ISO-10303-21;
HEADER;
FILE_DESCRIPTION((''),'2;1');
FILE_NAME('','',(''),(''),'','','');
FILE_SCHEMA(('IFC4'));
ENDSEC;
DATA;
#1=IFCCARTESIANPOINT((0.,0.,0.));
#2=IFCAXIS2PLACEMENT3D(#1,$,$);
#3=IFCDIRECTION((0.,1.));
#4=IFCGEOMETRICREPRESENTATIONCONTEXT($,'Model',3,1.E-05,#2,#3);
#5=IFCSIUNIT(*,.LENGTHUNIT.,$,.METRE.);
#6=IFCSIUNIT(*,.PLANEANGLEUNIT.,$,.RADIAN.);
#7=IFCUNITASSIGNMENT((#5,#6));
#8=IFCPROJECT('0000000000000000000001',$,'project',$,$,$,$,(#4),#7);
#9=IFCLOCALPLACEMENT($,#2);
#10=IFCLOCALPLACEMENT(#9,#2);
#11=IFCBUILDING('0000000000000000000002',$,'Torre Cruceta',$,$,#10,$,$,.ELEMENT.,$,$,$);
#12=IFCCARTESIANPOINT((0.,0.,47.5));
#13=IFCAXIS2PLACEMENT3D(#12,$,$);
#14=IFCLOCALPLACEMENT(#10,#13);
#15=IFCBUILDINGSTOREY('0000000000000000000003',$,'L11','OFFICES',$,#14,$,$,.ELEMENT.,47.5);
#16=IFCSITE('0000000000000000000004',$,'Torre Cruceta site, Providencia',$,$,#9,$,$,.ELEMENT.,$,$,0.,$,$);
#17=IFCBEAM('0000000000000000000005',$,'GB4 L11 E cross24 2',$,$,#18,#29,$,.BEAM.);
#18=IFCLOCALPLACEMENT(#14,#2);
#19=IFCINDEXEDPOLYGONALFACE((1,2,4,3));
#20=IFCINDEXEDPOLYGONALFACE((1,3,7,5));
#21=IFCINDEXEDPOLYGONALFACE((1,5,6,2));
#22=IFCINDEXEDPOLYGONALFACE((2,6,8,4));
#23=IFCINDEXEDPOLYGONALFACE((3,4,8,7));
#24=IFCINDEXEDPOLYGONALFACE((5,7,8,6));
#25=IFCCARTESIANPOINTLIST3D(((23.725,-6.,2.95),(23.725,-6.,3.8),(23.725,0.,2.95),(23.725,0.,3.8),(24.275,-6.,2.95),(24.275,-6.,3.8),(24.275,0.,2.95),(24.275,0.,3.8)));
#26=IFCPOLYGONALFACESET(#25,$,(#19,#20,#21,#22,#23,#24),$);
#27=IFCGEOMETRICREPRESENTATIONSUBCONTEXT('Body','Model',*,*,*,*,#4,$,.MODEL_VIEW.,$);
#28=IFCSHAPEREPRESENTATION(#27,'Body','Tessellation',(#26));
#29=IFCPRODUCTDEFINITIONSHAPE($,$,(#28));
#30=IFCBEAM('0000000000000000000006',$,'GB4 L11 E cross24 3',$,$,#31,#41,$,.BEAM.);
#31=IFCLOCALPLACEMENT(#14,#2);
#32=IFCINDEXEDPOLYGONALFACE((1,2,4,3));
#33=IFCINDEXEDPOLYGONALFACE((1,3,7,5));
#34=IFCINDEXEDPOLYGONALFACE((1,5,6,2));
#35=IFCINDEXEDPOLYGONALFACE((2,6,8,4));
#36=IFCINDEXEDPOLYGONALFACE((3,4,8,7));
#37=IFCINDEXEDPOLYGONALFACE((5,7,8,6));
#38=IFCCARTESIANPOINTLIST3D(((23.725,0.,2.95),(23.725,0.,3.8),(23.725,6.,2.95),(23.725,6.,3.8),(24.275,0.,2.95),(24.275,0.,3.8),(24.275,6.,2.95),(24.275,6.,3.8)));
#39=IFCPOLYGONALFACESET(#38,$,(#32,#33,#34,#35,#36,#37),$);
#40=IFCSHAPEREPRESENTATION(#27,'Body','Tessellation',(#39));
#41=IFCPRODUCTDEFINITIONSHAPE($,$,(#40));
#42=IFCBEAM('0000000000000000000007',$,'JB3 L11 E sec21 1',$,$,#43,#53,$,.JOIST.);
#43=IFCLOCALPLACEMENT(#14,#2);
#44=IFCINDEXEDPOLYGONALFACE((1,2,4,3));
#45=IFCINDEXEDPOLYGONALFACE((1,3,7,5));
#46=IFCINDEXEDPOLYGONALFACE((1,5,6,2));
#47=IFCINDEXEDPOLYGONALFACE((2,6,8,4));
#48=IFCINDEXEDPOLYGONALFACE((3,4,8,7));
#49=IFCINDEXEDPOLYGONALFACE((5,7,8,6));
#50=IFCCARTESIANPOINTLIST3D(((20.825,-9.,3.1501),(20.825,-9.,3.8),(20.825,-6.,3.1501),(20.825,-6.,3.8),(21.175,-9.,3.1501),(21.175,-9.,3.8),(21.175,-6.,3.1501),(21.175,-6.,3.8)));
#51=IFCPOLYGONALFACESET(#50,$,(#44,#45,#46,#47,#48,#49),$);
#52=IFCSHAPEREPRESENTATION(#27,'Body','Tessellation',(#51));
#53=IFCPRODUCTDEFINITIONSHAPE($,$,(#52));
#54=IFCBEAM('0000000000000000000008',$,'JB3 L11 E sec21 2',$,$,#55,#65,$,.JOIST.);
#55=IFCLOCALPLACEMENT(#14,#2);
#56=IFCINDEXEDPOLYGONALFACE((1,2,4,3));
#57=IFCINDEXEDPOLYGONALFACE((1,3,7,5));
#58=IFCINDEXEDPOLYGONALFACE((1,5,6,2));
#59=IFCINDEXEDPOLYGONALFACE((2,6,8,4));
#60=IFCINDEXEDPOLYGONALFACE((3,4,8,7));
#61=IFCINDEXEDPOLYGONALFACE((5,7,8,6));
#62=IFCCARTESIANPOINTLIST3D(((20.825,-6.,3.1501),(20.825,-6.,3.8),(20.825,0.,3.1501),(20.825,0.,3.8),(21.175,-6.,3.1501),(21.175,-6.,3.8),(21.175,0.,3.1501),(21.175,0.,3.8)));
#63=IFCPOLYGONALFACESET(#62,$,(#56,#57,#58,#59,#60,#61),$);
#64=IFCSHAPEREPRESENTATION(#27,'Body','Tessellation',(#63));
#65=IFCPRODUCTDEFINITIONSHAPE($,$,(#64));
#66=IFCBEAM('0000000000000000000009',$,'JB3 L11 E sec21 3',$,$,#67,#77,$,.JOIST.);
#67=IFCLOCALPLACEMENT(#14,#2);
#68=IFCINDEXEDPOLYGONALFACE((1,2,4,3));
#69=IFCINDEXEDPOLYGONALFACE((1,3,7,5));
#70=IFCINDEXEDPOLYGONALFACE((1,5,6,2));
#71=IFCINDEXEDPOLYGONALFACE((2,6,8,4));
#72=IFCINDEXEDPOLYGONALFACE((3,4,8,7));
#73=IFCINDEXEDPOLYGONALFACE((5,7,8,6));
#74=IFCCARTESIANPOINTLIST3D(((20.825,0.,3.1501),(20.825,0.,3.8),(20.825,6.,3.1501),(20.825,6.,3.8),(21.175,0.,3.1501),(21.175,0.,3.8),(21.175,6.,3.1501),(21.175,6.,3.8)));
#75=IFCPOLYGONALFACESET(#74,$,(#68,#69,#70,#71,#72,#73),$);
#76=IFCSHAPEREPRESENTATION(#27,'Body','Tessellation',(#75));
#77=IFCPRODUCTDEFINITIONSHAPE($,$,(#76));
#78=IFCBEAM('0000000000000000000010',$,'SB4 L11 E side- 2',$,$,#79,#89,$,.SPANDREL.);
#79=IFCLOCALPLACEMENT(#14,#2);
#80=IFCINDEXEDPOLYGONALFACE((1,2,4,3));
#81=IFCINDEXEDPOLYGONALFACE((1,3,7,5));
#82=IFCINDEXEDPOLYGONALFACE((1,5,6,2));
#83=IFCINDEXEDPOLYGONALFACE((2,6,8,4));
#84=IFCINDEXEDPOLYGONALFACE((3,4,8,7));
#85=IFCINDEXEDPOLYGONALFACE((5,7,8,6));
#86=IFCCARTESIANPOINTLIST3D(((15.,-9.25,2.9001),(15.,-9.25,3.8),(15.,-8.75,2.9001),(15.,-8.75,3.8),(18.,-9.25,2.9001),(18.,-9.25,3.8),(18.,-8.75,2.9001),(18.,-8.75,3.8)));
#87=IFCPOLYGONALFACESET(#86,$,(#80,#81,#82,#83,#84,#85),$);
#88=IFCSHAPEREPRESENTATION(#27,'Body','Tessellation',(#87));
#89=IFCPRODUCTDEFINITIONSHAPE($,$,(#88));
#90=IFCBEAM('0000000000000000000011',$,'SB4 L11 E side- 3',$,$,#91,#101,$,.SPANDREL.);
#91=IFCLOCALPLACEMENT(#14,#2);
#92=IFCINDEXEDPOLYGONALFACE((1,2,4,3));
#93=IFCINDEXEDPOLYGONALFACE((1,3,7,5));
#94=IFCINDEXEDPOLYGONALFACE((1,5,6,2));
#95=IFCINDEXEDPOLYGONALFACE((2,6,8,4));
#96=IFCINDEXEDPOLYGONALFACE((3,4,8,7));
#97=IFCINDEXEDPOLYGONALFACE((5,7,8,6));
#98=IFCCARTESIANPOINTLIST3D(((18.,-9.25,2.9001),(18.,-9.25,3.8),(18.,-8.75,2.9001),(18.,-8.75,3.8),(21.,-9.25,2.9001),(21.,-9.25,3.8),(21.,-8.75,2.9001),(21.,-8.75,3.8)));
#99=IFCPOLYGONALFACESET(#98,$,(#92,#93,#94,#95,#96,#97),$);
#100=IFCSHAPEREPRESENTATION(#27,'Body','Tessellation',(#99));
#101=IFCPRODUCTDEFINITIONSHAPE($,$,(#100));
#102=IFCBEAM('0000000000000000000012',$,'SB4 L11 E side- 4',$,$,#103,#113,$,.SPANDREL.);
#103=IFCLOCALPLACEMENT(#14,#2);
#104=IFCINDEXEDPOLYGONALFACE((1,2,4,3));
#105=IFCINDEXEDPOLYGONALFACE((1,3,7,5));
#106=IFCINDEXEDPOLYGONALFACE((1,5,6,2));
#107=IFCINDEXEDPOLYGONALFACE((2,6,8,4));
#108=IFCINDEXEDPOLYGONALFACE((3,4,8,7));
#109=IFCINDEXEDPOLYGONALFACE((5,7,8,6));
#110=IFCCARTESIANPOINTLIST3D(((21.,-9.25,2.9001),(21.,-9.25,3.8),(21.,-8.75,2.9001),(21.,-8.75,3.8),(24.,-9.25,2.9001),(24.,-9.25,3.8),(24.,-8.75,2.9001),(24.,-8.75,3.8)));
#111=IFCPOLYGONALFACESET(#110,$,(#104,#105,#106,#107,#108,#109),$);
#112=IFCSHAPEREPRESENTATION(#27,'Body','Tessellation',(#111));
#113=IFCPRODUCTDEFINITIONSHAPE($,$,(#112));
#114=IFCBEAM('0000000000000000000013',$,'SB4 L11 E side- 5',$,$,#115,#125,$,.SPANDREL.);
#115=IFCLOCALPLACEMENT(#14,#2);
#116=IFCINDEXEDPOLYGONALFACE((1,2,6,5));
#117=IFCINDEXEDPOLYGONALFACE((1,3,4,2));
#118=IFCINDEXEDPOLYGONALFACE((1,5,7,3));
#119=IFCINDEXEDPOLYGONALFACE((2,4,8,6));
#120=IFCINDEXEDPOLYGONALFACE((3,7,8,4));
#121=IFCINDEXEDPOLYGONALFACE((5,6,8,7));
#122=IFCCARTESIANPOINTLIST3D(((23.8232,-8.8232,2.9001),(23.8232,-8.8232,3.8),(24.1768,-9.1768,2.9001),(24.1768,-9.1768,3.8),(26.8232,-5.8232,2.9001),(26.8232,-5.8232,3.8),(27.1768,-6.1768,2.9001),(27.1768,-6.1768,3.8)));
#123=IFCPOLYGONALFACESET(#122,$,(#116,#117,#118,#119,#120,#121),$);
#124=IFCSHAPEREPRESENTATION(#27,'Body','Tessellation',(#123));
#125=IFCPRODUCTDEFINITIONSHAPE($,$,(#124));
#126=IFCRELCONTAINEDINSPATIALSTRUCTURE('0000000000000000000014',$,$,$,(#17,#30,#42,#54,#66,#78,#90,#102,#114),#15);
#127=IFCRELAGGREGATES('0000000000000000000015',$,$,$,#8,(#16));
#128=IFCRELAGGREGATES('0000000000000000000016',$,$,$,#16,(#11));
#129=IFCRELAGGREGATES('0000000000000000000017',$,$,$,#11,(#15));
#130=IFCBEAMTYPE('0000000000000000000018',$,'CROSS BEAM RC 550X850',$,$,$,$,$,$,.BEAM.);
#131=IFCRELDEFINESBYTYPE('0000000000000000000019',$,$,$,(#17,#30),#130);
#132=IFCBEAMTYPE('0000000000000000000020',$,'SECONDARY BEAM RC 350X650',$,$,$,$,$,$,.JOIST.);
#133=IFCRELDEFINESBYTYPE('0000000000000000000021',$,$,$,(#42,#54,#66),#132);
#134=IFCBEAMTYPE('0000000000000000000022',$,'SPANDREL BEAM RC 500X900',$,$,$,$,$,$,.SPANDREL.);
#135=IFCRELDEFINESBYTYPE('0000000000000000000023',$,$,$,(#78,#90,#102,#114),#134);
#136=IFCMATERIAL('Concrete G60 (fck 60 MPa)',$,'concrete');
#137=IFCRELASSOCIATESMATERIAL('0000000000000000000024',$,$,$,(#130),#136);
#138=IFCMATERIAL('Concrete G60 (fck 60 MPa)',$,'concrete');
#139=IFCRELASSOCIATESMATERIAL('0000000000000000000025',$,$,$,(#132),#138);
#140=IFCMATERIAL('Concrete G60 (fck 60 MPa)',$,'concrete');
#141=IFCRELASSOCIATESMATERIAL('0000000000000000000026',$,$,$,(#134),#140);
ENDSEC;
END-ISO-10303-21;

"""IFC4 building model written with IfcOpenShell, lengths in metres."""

from ifc_helpers import new_model, si_unit, direction, frame, origin, origin_2d, place, context, subcontext, project, spatial, rectangle, extrude, material, material_profile, profile_set, type_object, element, save


model = new_model("IFC4")

# Units and contexts
model_context = context("Model", 3, precision=1e-05, world=origin(), true_north=direction((0.0, 1.0)))
body_context = subcontext(model_context, "Body", "Model", "MODEL_VIEW")
ifc_project = project(units=[si_unit("LENGTHUNIT", "METRE"), si_unit("PLANEANGLEUNIT", "RADIAN")], contexts=[model_context])

# Site, building, storey
site_placement = place(None, origin())
site = spatial("IfcSite", under=ifc_project, at=site_placement, Name="Torre Cruceta site, Providencia", CompositionType="ELEMENT", RefElevation=0.0)
building_placement = place(site_placement, origin())
building = spatial("IfcBuilding", under=site, at=building_placement, Name="Torre Cruceta", CompositionType="ELEMENT")
storey_placement = place(building_placement, frame((0.0, 0.0, 47.5)))
storey = spatial("IfcBuildingStorey", under=building, at=storey_placement, Name="L11", Description="OFFICES", CompositionType="ELEMENT", Elevation=47.5)

# Beams
ifc_material_1 = material(Name="Concrete G60 (fck 60 MPa)", Category="concrete")
ifc_material_profile_1 = material_profile(ifc_material_1, rectangle(XDim=0.55, YDim=0.8501, at=origin_2d()), Name="RC 550X850")
ifc_profile_set_1 = profile_set([ifc_material_profile_1], Name="Concrete G60 (fck 60 MPa)")
beam_type_1 = type_object("IfcBeamType", Name="CROSS BEAM RC 550X850", PredefinedType="BEAM", material=ifc_profile_set_1)
for number, where, z_axis, x_axis, name in (
    (1, (24.0, -6.0, 3.375), (0.0, 1.0, 0.0), (-1.0, 0.0, 0.0), "GB4 L11 E cross24 2"),
    (2, (24.0, 0.0, 3.375), (0.0, 1.0, 0.0), (-1.0, 0.0, 0.0), "GB4 L11 E cross24 3"),
):
    element("IfcBeam", number, at=place(storey_placement, frame(where, z_axis=z_axis, x_axis=x_axis)), inside=storey, type_object=beam_type_1, Name=name, PredefinedType="BEAM", context=body_context, shape_type="SweptSolid", body=[
        extrude(rectangle(XDim=0.55, YDim=0.8501, at=origin_2d()), origin(), (0.0, 0.0, 1.0), 6.0),
    ])
ifc_material_2 = material(Name="Concrete G60 (fck 60 MPa)", Category="concrete")
ifc_material_profile_2 = material_profile(ifc_material_2, rectangle(XDim=0.3501, YDim=0.6499, at=origin_2d()), Name="RC 350X650")
ifc_profile_set_2 = profile_set([ifc_material_profile_2], Name="Concrete G60 (fck 60 MPa)")
beam_type_2 = type_object("IfcBeamType", Name="SECONDARY BEAM RC 350X650", PredefinedType="JOIST", material=ifc_profile_set_2)
beam_1_placement = place(storey_placement, frame((21.0, -9.0, 3.4751), z_axis=(0.0, 1.0, 0.0), x_axis=(-1.0, 0.0, 0.0)))
element("IfcBeam", 3, at=beam_1_placement, inside=storey, type_object=beam_type_2, Name="JB3 L11 E sec21 1", PredefinedType="JOIST", context=body_context, shape_type="SweptSolid", body=[
    extrude(rectangle(XDim=0.3501, YDim=0.6499, at=origin_2d()), origin(), (0.0, 0.0, 1.0), 3.0),
])
for number, where, z_axis, x_axis, name in (
    (4, (21.0, -6.0, 3.4751), (0.0, 1.0, 0.0), (-1.0, 0.0, 0.0), "JB3 L11 E sec21 2"),
    (5, (21.0, 0.0, 3.4751), (0.0, 1.0, 0.0), (-1.0, 0.0, 0.0), "JB3 L11 E sec21 3"),
):
    element("IfcBeam", number, at=place(storey_placement, frame(where, z_axis=z_axis, x_axis=x_axis)), inside=storey, type_object=beam_type_2, Name=name, PredefinedType="JOIST", context=body_context, shape_type="SweptSolid", body=[
        extrude(rectangle(XDim=0.3501, YDim=0.6499, at=origin_2d()), origin(), (0.0, 0.0, 1.0), 6.0),
    ])
ifc_material_3 = material(Name="Concrete G60 (fck 60 MPa)", Category="concrete")
ifc_material_profile_3 = material_profile(ifc_material_3, rectangle(XDim=0.5, YDim=0.8999, at=origin_2d()), Name="RC 500X900")
ifc_profile_set_3 = profile_set([ifc_material_profile_3], Name="Concrete G60 (fck 60 MPa)")
beam_type_3 = type_object("IfcBeamType", Name="SPANDREL BEAM RC 500X900", PredefinedType="SPANDREL", material=ifc_profile_set_3)
for number, where, z_axis, x_axis, name in (
    (6, (15.0, -9.0, 3.3501), (1.0, 0.0, 0.0), (0.0, 1.0, 0.0), "SB4 L11 E side- 2"),
    (7, (18.0, -9.0, 3.3501), (1.0, 0.0, 0.0), (0.0, 1.0, 0.0), "SB4 L11 E side- 3"),
    (8, (21.0, -9.0, 3.3501), (1.0, 0.0, 0.0), (0.0, 1.0, 0.0), "SB4 L11 E side- 4"),
):
    element("IfcBeam", number, at=place(storey_placement, frame(where, z_axis=z_axis, x_axis=x_axis)), inside=storey, type_object=beam_type_3, Name=name, PredefinedType="SPANDREL", context=body_context, shape_type="SweptSolid", body=[
        extrude(rectangle(XDim=0.5, YDim=0.8999, at=origin_2d()), origin(), (0.0, 0.0, 1.0), 3.0),
    ])
beam_2_placement = place(storey_placement, frame((24.0, -9.0, 3.3501), z_axis=(0.707107, 0.707107, 0.0), x_axis=(-0.707107, 0.707107, 0.0)))
element("IfcBeam", 9, at=beam_2_placement, inside=storey, type_object=beam_type_3, Name="SB4 L11 E side- 5", PredefinedType="SPANDREL", context=body_context, shape_type="SweptSolid", body=[
    extrude(rectangle(XDim=0.5, YDim=0.8999, at=origin_2d()), origin(), (0.0, 0.0, 1.0), 4.2427),
])

save(model, "model.ifc")
